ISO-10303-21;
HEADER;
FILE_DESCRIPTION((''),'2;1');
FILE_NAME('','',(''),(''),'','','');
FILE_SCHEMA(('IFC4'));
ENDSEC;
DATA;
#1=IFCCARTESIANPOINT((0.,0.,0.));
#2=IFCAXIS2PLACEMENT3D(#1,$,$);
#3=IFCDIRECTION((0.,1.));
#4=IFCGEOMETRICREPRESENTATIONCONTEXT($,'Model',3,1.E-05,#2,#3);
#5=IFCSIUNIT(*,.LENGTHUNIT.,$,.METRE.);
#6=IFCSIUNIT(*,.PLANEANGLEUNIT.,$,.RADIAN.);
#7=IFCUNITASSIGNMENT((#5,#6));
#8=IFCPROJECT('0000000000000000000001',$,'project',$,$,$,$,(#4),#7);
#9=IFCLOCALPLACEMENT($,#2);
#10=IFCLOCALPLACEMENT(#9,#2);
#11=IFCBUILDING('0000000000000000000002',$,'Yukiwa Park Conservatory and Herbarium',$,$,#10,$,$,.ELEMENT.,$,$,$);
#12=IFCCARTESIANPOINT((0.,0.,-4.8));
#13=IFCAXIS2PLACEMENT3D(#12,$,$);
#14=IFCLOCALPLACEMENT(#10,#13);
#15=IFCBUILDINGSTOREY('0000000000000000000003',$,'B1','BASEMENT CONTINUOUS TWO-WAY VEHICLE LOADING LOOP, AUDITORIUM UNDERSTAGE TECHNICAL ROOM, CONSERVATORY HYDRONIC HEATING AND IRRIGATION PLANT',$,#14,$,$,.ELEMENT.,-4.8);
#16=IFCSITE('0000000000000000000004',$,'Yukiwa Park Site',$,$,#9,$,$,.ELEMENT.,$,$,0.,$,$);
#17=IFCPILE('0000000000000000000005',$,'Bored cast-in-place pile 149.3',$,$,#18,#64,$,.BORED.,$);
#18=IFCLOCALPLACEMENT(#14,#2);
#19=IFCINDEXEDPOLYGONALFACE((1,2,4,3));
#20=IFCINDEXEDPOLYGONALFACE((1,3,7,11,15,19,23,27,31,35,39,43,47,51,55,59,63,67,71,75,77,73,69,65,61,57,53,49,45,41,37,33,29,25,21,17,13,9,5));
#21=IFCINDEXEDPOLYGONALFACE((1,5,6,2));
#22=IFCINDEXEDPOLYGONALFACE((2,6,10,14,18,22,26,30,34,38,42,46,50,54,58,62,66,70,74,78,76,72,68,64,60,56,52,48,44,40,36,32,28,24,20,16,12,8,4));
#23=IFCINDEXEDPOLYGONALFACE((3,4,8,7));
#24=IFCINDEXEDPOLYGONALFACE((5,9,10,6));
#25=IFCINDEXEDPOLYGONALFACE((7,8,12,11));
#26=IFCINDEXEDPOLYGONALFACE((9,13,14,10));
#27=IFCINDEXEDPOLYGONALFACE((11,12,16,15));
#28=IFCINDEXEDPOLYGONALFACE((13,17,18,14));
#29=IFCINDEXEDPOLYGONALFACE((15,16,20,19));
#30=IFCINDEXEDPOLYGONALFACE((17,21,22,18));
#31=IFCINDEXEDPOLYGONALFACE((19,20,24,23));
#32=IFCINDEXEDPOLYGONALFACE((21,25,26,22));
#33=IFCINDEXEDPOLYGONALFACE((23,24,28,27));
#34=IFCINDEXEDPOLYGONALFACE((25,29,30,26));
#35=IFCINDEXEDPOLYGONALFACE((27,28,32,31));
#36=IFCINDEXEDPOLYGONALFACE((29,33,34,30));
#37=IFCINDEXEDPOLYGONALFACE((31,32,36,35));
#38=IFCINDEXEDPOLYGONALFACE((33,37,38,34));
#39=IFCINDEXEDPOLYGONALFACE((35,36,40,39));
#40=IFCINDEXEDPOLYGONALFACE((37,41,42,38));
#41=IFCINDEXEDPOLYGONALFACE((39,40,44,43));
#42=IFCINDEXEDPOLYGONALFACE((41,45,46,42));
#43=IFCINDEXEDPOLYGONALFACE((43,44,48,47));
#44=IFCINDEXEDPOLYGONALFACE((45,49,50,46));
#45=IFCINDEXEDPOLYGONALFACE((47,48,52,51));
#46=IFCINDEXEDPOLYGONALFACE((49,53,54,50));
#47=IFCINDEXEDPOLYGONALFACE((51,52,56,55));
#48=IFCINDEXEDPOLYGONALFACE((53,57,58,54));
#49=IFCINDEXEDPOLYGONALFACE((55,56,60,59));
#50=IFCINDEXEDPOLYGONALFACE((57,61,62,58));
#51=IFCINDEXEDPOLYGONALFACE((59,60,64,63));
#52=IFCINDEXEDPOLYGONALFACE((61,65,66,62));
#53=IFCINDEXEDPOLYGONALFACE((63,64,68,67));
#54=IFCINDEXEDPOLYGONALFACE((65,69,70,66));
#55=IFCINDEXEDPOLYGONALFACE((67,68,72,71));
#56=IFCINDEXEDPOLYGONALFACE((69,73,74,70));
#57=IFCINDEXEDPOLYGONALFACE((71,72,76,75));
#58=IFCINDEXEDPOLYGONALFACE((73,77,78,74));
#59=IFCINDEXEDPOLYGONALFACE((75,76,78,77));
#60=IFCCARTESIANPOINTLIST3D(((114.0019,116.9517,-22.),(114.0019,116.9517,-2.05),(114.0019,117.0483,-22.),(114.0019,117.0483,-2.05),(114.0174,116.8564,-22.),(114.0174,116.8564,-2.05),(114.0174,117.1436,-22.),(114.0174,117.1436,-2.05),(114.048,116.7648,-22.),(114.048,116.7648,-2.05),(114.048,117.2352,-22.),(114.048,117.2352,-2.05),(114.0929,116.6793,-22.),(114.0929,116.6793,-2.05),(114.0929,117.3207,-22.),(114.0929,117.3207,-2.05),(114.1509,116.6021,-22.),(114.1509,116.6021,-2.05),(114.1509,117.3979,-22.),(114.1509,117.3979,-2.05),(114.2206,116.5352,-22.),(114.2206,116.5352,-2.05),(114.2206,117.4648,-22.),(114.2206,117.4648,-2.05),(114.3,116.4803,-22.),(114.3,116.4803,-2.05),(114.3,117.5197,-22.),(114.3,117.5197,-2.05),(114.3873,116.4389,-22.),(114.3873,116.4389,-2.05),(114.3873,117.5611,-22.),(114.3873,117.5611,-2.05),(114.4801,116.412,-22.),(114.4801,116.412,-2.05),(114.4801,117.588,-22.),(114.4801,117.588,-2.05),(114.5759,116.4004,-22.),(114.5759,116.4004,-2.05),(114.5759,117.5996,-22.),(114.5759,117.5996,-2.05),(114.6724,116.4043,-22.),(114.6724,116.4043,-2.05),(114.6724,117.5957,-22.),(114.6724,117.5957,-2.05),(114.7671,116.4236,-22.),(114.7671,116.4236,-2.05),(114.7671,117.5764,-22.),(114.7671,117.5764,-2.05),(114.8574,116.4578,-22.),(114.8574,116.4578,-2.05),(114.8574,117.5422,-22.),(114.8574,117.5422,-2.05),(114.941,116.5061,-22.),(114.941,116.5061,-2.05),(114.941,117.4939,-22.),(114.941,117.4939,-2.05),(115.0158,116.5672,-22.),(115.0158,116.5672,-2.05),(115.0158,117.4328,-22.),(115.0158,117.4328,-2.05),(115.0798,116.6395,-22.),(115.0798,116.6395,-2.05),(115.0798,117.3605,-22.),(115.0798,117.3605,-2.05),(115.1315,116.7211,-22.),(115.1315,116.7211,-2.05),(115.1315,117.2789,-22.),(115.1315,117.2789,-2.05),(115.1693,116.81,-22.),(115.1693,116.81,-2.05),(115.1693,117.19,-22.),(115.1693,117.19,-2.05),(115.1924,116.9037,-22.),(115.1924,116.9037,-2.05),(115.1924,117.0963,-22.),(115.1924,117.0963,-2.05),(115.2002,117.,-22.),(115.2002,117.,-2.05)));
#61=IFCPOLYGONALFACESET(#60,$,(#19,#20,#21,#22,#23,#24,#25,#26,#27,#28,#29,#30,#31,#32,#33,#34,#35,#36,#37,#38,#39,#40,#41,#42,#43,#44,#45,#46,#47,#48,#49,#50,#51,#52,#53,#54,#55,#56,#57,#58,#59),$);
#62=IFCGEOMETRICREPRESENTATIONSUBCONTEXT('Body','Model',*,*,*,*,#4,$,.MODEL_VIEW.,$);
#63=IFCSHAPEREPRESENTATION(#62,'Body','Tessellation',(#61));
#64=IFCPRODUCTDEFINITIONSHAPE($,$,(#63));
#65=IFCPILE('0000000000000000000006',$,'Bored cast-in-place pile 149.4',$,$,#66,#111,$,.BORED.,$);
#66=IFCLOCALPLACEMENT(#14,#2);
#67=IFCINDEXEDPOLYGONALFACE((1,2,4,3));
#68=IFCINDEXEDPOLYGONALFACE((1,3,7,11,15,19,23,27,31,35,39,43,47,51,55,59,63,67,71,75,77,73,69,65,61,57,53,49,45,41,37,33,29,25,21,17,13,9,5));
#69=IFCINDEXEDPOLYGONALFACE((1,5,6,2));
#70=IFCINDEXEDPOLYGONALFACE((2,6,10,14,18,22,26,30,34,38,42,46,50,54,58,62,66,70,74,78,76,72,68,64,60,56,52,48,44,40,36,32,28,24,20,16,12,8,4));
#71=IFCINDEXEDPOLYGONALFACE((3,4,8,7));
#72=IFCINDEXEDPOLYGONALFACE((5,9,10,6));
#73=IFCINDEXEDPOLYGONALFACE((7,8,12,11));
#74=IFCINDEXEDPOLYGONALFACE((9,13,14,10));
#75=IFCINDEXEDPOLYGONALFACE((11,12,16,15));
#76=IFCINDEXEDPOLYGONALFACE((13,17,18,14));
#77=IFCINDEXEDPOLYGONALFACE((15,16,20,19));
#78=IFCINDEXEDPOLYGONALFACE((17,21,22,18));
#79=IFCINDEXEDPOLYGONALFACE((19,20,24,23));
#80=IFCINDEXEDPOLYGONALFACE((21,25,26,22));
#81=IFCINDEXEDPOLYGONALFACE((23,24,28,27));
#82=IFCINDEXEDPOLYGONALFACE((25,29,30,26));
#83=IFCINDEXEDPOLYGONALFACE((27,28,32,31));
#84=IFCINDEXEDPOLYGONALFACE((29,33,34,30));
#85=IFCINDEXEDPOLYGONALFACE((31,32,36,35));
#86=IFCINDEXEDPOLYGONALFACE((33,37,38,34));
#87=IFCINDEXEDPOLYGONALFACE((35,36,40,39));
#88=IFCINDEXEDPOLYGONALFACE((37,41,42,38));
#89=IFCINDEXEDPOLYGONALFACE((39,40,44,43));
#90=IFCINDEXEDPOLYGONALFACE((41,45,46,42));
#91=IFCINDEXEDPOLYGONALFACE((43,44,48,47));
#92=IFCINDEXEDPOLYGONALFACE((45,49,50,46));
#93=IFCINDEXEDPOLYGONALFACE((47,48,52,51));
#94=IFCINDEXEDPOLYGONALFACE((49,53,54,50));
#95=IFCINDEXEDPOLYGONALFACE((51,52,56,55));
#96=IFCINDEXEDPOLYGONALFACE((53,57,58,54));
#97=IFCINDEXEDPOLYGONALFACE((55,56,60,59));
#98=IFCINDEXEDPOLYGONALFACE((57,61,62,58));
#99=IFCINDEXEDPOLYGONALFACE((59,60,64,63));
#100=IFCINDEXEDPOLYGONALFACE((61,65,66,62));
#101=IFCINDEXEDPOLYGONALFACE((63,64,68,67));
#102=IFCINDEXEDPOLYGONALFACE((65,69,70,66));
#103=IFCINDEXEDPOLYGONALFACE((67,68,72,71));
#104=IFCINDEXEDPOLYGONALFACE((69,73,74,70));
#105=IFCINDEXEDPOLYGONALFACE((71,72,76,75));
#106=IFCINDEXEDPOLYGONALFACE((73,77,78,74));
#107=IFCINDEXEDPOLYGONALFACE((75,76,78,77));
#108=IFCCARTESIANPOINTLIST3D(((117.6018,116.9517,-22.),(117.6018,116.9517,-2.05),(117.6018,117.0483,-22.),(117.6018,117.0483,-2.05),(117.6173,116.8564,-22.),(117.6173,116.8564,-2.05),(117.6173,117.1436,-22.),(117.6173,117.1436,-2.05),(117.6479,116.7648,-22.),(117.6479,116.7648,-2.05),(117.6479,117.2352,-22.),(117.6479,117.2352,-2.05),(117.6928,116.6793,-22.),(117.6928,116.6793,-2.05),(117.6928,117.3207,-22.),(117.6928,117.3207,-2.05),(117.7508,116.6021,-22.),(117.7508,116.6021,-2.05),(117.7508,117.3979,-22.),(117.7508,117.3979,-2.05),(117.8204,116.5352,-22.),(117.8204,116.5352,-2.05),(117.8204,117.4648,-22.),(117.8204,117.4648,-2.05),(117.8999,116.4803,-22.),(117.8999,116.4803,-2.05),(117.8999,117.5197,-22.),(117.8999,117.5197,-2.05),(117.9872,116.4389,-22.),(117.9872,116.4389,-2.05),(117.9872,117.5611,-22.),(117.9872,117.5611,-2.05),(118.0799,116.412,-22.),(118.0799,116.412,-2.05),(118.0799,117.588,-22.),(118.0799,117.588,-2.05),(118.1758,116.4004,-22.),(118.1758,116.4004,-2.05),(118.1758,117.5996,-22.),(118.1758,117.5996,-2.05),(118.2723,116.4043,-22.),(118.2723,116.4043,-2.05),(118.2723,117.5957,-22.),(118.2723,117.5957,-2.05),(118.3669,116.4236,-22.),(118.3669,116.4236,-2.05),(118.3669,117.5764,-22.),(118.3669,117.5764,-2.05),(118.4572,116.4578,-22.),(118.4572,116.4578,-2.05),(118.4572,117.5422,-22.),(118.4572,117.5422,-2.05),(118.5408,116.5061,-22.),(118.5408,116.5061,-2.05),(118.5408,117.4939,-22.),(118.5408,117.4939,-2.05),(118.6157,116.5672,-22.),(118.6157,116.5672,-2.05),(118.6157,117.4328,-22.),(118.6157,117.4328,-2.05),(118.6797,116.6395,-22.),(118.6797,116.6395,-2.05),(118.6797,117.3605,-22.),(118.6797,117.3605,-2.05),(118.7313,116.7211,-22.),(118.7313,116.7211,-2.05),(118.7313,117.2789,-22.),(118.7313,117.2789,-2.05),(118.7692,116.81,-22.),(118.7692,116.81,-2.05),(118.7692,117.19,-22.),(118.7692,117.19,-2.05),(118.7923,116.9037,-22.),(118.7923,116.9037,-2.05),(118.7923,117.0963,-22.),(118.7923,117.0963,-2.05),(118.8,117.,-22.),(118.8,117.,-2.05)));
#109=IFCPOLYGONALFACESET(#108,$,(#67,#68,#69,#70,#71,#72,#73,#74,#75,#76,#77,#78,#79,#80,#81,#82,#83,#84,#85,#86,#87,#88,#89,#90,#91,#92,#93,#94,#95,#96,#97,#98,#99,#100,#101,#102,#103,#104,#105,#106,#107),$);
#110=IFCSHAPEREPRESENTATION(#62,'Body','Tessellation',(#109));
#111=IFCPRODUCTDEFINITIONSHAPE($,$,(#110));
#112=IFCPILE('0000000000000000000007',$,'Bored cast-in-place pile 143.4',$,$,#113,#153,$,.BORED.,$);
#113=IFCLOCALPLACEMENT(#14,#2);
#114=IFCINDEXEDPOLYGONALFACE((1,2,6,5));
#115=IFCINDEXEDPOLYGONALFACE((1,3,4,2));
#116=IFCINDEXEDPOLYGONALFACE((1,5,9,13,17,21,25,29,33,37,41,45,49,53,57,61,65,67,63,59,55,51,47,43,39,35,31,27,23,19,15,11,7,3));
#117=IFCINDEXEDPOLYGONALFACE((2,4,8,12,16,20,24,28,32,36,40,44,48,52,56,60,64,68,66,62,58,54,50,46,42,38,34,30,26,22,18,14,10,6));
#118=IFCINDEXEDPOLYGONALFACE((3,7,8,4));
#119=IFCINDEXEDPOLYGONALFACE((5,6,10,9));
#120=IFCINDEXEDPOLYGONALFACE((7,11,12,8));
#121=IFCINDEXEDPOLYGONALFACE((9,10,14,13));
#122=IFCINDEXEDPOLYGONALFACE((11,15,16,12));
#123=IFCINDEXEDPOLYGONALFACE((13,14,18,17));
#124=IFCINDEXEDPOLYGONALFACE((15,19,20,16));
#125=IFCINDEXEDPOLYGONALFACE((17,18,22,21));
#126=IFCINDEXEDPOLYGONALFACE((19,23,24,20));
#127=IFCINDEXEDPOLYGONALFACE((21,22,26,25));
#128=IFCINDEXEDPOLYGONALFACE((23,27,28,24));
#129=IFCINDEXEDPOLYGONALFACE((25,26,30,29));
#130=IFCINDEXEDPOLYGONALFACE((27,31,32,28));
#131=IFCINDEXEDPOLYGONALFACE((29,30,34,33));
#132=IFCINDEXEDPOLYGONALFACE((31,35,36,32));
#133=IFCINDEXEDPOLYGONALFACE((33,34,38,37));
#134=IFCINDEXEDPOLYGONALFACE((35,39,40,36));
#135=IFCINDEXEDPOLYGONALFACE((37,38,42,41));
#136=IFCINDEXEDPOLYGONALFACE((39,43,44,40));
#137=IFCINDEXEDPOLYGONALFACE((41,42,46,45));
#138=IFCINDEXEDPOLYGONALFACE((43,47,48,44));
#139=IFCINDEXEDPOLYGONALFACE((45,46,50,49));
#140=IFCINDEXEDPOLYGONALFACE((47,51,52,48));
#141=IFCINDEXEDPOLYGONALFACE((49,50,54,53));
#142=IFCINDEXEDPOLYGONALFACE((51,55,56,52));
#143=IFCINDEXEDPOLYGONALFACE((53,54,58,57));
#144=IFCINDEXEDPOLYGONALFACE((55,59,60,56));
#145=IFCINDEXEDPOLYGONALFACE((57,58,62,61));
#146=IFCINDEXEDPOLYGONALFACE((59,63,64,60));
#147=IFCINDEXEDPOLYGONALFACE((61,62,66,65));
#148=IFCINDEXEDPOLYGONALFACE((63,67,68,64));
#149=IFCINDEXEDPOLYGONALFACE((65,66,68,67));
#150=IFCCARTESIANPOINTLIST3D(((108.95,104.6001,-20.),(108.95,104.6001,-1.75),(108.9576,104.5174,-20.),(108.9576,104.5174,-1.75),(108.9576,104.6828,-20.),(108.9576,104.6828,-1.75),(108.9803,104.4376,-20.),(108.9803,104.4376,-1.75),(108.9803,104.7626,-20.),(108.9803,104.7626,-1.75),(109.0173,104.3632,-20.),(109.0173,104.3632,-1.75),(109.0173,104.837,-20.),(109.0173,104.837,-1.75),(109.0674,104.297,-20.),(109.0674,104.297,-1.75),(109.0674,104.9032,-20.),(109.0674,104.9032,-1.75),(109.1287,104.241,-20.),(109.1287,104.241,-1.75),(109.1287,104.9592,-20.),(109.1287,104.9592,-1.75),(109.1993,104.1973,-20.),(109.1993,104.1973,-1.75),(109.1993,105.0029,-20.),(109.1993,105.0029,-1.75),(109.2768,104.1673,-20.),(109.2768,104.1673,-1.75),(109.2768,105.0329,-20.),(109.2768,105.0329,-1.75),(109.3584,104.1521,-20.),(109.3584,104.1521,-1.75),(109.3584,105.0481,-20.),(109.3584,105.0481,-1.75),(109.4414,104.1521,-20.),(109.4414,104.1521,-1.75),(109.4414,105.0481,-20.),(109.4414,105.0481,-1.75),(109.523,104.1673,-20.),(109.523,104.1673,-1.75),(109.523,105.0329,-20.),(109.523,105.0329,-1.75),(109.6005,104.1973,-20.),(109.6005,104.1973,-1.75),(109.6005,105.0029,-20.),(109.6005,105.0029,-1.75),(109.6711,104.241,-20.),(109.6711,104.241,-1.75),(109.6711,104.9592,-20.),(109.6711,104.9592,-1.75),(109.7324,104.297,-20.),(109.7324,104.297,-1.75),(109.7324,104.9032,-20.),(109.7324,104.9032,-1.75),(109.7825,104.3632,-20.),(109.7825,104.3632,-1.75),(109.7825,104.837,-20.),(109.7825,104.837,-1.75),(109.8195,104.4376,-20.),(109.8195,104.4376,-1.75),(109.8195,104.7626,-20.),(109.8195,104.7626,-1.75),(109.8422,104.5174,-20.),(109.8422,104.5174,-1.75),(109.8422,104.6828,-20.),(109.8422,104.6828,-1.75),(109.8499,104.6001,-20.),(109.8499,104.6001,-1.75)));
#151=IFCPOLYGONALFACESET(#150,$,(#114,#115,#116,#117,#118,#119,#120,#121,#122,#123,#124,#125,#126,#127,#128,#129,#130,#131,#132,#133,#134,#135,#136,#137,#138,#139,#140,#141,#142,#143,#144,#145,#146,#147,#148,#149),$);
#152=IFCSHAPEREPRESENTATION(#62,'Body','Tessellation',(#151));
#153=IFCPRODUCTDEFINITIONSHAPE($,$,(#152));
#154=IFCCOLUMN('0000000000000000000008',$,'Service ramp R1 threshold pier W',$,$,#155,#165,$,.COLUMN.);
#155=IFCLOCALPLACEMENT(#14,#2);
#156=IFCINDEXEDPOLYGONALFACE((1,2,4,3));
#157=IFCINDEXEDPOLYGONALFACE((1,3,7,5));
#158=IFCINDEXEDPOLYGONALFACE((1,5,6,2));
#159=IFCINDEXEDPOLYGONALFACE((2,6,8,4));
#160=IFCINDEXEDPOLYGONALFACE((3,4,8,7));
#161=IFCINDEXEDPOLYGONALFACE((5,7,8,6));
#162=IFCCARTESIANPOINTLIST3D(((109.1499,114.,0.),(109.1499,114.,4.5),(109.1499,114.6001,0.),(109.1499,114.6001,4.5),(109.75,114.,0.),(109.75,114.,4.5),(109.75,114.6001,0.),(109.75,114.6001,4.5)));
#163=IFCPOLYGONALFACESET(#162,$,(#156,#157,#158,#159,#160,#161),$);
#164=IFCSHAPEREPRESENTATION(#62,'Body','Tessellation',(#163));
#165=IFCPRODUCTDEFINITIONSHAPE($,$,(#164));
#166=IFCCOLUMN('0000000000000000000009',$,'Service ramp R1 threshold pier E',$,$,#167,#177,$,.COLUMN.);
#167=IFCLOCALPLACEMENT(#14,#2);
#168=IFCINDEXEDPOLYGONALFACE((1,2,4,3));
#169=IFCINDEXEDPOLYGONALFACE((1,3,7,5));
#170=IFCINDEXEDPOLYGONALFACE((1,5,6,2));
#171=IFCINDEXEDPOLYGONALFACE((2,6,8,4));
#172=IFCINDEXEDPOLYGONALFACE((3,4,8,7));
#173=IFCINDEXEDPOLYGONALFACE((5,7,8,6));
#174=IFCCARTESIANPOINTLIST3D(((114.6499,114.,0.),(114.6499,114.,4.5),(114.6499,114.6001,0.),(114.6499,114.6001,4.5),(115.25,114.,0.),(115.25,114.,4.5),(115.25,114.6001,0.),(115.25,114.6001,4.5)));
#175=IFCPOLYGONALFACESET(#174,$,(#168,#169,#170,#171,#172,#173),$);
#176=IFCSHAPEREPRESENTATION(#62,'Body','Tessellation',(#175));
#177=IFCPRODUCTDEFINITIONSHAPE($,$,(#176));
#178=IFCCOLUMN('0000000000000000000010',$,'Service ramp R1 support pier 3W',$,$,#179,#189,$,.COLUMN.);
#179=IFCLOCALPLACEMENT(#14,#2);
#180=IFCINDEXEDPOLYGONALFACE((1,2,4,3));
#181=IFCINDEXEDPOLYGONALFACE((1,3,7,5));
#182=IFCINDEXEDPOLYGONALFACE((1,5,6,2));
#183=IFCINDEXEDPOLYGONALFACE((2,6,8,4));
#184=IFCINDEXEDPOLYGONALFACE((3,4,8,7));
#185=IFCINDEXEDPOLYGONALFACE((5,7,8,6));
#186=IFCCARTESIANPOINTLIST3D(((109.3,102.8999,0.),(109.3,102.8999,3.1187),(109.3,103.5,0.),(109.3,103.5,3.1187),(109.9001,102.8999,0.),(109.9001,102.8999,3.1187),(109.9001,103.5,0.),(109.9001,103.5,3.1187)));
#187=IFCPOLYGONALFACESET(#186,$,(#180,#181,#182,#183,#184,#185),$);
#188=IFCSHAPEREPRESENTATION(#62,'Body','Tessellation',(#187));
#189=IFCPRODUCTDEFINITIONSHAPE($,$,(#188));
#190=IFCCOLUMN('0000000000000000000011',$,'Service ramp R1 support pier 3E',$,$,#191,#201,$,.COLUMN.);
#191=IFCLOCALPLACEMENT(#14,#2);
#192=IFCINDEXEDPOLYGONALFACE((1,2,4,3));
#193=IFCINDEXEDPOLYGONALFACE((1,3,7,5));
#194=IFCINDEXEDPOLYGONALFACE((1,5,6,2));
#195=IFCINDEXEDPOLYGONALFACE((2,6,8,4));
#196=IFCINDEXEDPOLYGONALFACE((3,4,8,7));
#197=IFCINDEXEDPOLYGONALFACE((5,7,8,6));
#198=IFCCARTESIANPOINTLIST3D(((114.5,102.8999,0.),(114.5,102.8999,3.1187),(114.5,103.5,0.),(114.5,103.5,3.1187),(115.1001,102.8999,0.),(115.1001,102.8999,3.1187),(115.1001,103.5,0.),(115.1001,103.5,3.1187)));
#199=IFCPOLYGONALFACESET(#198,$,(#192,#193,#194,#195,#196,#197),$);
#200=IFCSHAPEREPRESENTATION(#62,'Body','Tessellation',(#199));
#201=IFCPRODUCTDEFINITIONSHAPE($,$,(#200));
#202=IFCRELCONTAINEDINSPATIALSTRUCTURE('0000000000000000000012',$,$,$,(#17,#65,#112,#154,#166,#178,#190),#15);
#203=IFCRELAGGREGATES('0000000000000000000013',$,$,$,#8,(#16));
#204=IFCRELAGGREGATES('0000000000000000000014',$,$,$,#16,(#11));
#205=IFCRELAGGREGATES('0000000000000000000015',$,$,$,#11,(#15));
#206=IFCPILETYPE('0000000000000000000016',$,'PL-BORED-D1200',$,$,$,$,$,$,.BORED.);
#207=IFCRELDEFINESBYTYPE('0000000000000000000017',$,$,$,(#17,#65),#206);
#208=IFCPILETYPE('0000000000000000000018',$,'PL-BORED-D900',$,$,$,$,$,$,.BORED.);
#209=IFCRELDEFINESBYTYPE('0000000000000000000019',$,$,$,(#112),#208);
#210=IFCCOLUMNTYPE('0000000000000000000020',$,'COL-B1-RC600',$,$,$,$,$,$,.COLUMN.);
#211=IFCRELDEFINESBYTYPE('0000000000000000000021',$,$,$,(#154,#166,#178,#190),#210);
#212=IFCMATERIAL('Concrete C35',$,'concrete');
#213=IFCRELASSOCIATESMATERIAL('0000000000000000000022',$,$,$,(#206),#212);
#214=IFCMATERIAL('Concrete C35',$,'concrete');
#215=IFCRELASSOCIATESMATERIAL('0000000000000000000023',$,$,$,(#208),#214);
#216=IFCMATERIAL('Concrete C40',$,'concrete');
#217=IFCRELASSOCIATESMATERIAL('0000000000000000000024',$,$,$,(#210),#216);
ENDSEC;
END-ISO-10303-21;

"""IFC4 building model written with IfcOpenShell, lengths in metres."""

from ifc_helpers import new_model, si_unit, direction, frame, origin, origin_2d, place, context, subcontext, project, spatial, rectangle, circle, extrude, material, material_profile, profile_set, type_object, element, save


model = new_model("IFC4")

# Units and contexts
model_context = context("Model", 3, precision=1e-05, world=origin(), true_north=direction((0.0, 1.0)))
body_context = subcontext(model_context, "Body", "Model", "MODEL_VIEW")
ifc_project = project(units=[si_unit("LENGTHUNIT", "METRE"), si_unit("PLANEANGLEUNIT", "RADIAN")], contexts=[model_context])

# Site, building, storey
site_placement = place(None, origin())
site = spatial("IfcSite", under=ifc_project, at=site_placement, Name="Yukiwa Park Site", CompositionType="ELEMENT", RefElevation=0.0)
building_placement = place(site_placement, origin())
building = spatial("IfcBuilding", under=site, at=building_placement, Name="Yukiwa Park Conservatory and Herbarium", CompositionType="ELEMENT")
storey_placement = place(building_placement, frame((0.0, 0.0, -4.8)))
storey = spatial("IfcBuildingStorey", under=building, at=storey_placement, Name="B1", Description="BASEMENT CONTINUOUS TWO-WAY VEHICLE LOADING LOOP, AUDITORIUM UNDERSTAGE TECHNICAL ROOM, CONSERVATORY HYDRONIC HEATING AND IRRIGATION PLANT", CompositionType="ELEMENT", Elevation=-4.8)

# Piles
ifc_material_1 = material(Name="Concrete C35", Category="concrete")
ifc_material_profile_1 = material_profile(ifc_material_1, circle(Radius=0.6001, at=origin_2d()), Name="PILE D1200")
ifc_profile_set_1 = profile_set([ifc_material_profile_1], Name="Concrete C35")
pile_type_1 = type_object("IfcPileType", Name="PL-BORED-D1200", PredefinedType="BORED", material=ifc_profile_set_1)
for number, where, z_axis, x_axis, name in (
    (1, (114.6001, 117.0, -2.05), (0.0, 0.0, -1.0), (1.0, 0.0, 0.0), "Bored cast-in-place pile 149.3"),
    (2, (118.2, 117.0, -2.05), (0.0, 0.0, -1.0), (1.0, 0.0, 0.0), "Bored cast-in-place pile 149.4"),
):
    element("IfcPile", number, at=place(storey_placement, frame(where, z_axis=z_axis, x_axis=x_axis)), inside=storey, type_object=pile_type_1, Name=name, PredefinedType="BORED", context=body_context, shape_type="SweptSolid", body=[
        extrude(circle(Radius=0.6001, at=origin_2d()), origin(), (0.0, 0.0, 1.0), 19.95),
    ])
ifc_material_2 = material(Name="Concrete C35", Category="concrete")
ifc_material_profile_2 = material_profile(ifc_material_2, circle(Radius=0.45, at=origin_2d()), Name="PILE D900")
ifc_profile_set_2 = profile_set([ifc_material_profile_2], Name="Concrete C35")
pile_type_2 = type_object("IfcPileType", Name="PL-BORED-D900", PredefinedType="BORED", material=ifc_profile_set_2)
pile_placement = place(storey_placement, frame((109.3999, 104.6001, -1.75), z_axis=(0.0, 0.0, -1.0), x_axis=(1.0, 0.0, 0.0)))
element("IfcPile", 3, at=pile_placement, inside=storey, type_object=pile_type_2, Name="Bored cast-in-place pile 143.4", PredefinedType="BORED", context=body_context, shape_type="SweptSolid", body=[
    extrude(circle(Radius=0.45, at=origin_2d()), origin(), (0.0, 0.0, 1.0), 18.25),
])

# Columns
ifc_material_3 = material(Name="Concrete C40", Category="concrete")
ifc_material_profile_3 = material_profile(ifc_material_3, rectangle(XDim=0.6001, YDim=0.6001, at=origin_2d()), Name="RC 600x600")
ifc_profile_set_3 = profile_set([ifc_material_profile_3], Name="Concrete C40")
column_type_1 = type_object("IfcColumnType", Name="COL-B1-RC600", PredefinedType="COLUMN", material=ifc_profile_set_3)
for number, where, z_axis, x_axis, name in (
    (4, (109.45, 114.3, 0.0), (0.0, 0.0, 1.0), (1.0, 0.0, 0.0), "Service ramp R1 threshold pier W"),
    (5, (114.95, 114.3, 0.0), (0.0, 0.0, 1.0), (1.0, 0.0, 0.0), "Service ramp R1 threshold pier E"),
):
    element("IfcColumn", number, at=place(storey_placement, frame(where, z_axis=z_axis, x_axis=x_axis)), inside=storey, type_object=column_type_1, Name=name, PredefinedType="COLUMN", context=body_context, shape_type="SweptSolid", body=[
        extrude(rectangle(XDim=0.6001, YDim=0.6001, at=origin_2d()), origin(), (0.0, 0.0, 1.0), 4.5),
    ])
for number, where, z_axis, x_axis, name in (
    (6, (109.6001, 103.2, 0.0), (0.0, 0.0, 1.0), (1.0, 0.0, 0.0), "Service ramp R1 support pier 3W"),
    (7, (114.8, 103.2, 0.0), (0.0, 0.0, 1.0), (1.0, 0.0, 0.0), "Service ramp R1 support pier 3E"),
):
    element("IfcColumn", number, at=place(storey_placement, frame(where, z_axis=z_axis, x_axis=x_axis)), inside=storey, type_object=column_type_1, Name=name, PredefinedType="COLUMN", context=body_context, shape_type="SweptSolid", body=[
        extrude(rectangle(XDim=0.6001, YDim=0.6001, at=origin_2d()), origin(), (0.0, 0.0, 1.0), 3.1187),
    ])

save(model, "model.ifc")
